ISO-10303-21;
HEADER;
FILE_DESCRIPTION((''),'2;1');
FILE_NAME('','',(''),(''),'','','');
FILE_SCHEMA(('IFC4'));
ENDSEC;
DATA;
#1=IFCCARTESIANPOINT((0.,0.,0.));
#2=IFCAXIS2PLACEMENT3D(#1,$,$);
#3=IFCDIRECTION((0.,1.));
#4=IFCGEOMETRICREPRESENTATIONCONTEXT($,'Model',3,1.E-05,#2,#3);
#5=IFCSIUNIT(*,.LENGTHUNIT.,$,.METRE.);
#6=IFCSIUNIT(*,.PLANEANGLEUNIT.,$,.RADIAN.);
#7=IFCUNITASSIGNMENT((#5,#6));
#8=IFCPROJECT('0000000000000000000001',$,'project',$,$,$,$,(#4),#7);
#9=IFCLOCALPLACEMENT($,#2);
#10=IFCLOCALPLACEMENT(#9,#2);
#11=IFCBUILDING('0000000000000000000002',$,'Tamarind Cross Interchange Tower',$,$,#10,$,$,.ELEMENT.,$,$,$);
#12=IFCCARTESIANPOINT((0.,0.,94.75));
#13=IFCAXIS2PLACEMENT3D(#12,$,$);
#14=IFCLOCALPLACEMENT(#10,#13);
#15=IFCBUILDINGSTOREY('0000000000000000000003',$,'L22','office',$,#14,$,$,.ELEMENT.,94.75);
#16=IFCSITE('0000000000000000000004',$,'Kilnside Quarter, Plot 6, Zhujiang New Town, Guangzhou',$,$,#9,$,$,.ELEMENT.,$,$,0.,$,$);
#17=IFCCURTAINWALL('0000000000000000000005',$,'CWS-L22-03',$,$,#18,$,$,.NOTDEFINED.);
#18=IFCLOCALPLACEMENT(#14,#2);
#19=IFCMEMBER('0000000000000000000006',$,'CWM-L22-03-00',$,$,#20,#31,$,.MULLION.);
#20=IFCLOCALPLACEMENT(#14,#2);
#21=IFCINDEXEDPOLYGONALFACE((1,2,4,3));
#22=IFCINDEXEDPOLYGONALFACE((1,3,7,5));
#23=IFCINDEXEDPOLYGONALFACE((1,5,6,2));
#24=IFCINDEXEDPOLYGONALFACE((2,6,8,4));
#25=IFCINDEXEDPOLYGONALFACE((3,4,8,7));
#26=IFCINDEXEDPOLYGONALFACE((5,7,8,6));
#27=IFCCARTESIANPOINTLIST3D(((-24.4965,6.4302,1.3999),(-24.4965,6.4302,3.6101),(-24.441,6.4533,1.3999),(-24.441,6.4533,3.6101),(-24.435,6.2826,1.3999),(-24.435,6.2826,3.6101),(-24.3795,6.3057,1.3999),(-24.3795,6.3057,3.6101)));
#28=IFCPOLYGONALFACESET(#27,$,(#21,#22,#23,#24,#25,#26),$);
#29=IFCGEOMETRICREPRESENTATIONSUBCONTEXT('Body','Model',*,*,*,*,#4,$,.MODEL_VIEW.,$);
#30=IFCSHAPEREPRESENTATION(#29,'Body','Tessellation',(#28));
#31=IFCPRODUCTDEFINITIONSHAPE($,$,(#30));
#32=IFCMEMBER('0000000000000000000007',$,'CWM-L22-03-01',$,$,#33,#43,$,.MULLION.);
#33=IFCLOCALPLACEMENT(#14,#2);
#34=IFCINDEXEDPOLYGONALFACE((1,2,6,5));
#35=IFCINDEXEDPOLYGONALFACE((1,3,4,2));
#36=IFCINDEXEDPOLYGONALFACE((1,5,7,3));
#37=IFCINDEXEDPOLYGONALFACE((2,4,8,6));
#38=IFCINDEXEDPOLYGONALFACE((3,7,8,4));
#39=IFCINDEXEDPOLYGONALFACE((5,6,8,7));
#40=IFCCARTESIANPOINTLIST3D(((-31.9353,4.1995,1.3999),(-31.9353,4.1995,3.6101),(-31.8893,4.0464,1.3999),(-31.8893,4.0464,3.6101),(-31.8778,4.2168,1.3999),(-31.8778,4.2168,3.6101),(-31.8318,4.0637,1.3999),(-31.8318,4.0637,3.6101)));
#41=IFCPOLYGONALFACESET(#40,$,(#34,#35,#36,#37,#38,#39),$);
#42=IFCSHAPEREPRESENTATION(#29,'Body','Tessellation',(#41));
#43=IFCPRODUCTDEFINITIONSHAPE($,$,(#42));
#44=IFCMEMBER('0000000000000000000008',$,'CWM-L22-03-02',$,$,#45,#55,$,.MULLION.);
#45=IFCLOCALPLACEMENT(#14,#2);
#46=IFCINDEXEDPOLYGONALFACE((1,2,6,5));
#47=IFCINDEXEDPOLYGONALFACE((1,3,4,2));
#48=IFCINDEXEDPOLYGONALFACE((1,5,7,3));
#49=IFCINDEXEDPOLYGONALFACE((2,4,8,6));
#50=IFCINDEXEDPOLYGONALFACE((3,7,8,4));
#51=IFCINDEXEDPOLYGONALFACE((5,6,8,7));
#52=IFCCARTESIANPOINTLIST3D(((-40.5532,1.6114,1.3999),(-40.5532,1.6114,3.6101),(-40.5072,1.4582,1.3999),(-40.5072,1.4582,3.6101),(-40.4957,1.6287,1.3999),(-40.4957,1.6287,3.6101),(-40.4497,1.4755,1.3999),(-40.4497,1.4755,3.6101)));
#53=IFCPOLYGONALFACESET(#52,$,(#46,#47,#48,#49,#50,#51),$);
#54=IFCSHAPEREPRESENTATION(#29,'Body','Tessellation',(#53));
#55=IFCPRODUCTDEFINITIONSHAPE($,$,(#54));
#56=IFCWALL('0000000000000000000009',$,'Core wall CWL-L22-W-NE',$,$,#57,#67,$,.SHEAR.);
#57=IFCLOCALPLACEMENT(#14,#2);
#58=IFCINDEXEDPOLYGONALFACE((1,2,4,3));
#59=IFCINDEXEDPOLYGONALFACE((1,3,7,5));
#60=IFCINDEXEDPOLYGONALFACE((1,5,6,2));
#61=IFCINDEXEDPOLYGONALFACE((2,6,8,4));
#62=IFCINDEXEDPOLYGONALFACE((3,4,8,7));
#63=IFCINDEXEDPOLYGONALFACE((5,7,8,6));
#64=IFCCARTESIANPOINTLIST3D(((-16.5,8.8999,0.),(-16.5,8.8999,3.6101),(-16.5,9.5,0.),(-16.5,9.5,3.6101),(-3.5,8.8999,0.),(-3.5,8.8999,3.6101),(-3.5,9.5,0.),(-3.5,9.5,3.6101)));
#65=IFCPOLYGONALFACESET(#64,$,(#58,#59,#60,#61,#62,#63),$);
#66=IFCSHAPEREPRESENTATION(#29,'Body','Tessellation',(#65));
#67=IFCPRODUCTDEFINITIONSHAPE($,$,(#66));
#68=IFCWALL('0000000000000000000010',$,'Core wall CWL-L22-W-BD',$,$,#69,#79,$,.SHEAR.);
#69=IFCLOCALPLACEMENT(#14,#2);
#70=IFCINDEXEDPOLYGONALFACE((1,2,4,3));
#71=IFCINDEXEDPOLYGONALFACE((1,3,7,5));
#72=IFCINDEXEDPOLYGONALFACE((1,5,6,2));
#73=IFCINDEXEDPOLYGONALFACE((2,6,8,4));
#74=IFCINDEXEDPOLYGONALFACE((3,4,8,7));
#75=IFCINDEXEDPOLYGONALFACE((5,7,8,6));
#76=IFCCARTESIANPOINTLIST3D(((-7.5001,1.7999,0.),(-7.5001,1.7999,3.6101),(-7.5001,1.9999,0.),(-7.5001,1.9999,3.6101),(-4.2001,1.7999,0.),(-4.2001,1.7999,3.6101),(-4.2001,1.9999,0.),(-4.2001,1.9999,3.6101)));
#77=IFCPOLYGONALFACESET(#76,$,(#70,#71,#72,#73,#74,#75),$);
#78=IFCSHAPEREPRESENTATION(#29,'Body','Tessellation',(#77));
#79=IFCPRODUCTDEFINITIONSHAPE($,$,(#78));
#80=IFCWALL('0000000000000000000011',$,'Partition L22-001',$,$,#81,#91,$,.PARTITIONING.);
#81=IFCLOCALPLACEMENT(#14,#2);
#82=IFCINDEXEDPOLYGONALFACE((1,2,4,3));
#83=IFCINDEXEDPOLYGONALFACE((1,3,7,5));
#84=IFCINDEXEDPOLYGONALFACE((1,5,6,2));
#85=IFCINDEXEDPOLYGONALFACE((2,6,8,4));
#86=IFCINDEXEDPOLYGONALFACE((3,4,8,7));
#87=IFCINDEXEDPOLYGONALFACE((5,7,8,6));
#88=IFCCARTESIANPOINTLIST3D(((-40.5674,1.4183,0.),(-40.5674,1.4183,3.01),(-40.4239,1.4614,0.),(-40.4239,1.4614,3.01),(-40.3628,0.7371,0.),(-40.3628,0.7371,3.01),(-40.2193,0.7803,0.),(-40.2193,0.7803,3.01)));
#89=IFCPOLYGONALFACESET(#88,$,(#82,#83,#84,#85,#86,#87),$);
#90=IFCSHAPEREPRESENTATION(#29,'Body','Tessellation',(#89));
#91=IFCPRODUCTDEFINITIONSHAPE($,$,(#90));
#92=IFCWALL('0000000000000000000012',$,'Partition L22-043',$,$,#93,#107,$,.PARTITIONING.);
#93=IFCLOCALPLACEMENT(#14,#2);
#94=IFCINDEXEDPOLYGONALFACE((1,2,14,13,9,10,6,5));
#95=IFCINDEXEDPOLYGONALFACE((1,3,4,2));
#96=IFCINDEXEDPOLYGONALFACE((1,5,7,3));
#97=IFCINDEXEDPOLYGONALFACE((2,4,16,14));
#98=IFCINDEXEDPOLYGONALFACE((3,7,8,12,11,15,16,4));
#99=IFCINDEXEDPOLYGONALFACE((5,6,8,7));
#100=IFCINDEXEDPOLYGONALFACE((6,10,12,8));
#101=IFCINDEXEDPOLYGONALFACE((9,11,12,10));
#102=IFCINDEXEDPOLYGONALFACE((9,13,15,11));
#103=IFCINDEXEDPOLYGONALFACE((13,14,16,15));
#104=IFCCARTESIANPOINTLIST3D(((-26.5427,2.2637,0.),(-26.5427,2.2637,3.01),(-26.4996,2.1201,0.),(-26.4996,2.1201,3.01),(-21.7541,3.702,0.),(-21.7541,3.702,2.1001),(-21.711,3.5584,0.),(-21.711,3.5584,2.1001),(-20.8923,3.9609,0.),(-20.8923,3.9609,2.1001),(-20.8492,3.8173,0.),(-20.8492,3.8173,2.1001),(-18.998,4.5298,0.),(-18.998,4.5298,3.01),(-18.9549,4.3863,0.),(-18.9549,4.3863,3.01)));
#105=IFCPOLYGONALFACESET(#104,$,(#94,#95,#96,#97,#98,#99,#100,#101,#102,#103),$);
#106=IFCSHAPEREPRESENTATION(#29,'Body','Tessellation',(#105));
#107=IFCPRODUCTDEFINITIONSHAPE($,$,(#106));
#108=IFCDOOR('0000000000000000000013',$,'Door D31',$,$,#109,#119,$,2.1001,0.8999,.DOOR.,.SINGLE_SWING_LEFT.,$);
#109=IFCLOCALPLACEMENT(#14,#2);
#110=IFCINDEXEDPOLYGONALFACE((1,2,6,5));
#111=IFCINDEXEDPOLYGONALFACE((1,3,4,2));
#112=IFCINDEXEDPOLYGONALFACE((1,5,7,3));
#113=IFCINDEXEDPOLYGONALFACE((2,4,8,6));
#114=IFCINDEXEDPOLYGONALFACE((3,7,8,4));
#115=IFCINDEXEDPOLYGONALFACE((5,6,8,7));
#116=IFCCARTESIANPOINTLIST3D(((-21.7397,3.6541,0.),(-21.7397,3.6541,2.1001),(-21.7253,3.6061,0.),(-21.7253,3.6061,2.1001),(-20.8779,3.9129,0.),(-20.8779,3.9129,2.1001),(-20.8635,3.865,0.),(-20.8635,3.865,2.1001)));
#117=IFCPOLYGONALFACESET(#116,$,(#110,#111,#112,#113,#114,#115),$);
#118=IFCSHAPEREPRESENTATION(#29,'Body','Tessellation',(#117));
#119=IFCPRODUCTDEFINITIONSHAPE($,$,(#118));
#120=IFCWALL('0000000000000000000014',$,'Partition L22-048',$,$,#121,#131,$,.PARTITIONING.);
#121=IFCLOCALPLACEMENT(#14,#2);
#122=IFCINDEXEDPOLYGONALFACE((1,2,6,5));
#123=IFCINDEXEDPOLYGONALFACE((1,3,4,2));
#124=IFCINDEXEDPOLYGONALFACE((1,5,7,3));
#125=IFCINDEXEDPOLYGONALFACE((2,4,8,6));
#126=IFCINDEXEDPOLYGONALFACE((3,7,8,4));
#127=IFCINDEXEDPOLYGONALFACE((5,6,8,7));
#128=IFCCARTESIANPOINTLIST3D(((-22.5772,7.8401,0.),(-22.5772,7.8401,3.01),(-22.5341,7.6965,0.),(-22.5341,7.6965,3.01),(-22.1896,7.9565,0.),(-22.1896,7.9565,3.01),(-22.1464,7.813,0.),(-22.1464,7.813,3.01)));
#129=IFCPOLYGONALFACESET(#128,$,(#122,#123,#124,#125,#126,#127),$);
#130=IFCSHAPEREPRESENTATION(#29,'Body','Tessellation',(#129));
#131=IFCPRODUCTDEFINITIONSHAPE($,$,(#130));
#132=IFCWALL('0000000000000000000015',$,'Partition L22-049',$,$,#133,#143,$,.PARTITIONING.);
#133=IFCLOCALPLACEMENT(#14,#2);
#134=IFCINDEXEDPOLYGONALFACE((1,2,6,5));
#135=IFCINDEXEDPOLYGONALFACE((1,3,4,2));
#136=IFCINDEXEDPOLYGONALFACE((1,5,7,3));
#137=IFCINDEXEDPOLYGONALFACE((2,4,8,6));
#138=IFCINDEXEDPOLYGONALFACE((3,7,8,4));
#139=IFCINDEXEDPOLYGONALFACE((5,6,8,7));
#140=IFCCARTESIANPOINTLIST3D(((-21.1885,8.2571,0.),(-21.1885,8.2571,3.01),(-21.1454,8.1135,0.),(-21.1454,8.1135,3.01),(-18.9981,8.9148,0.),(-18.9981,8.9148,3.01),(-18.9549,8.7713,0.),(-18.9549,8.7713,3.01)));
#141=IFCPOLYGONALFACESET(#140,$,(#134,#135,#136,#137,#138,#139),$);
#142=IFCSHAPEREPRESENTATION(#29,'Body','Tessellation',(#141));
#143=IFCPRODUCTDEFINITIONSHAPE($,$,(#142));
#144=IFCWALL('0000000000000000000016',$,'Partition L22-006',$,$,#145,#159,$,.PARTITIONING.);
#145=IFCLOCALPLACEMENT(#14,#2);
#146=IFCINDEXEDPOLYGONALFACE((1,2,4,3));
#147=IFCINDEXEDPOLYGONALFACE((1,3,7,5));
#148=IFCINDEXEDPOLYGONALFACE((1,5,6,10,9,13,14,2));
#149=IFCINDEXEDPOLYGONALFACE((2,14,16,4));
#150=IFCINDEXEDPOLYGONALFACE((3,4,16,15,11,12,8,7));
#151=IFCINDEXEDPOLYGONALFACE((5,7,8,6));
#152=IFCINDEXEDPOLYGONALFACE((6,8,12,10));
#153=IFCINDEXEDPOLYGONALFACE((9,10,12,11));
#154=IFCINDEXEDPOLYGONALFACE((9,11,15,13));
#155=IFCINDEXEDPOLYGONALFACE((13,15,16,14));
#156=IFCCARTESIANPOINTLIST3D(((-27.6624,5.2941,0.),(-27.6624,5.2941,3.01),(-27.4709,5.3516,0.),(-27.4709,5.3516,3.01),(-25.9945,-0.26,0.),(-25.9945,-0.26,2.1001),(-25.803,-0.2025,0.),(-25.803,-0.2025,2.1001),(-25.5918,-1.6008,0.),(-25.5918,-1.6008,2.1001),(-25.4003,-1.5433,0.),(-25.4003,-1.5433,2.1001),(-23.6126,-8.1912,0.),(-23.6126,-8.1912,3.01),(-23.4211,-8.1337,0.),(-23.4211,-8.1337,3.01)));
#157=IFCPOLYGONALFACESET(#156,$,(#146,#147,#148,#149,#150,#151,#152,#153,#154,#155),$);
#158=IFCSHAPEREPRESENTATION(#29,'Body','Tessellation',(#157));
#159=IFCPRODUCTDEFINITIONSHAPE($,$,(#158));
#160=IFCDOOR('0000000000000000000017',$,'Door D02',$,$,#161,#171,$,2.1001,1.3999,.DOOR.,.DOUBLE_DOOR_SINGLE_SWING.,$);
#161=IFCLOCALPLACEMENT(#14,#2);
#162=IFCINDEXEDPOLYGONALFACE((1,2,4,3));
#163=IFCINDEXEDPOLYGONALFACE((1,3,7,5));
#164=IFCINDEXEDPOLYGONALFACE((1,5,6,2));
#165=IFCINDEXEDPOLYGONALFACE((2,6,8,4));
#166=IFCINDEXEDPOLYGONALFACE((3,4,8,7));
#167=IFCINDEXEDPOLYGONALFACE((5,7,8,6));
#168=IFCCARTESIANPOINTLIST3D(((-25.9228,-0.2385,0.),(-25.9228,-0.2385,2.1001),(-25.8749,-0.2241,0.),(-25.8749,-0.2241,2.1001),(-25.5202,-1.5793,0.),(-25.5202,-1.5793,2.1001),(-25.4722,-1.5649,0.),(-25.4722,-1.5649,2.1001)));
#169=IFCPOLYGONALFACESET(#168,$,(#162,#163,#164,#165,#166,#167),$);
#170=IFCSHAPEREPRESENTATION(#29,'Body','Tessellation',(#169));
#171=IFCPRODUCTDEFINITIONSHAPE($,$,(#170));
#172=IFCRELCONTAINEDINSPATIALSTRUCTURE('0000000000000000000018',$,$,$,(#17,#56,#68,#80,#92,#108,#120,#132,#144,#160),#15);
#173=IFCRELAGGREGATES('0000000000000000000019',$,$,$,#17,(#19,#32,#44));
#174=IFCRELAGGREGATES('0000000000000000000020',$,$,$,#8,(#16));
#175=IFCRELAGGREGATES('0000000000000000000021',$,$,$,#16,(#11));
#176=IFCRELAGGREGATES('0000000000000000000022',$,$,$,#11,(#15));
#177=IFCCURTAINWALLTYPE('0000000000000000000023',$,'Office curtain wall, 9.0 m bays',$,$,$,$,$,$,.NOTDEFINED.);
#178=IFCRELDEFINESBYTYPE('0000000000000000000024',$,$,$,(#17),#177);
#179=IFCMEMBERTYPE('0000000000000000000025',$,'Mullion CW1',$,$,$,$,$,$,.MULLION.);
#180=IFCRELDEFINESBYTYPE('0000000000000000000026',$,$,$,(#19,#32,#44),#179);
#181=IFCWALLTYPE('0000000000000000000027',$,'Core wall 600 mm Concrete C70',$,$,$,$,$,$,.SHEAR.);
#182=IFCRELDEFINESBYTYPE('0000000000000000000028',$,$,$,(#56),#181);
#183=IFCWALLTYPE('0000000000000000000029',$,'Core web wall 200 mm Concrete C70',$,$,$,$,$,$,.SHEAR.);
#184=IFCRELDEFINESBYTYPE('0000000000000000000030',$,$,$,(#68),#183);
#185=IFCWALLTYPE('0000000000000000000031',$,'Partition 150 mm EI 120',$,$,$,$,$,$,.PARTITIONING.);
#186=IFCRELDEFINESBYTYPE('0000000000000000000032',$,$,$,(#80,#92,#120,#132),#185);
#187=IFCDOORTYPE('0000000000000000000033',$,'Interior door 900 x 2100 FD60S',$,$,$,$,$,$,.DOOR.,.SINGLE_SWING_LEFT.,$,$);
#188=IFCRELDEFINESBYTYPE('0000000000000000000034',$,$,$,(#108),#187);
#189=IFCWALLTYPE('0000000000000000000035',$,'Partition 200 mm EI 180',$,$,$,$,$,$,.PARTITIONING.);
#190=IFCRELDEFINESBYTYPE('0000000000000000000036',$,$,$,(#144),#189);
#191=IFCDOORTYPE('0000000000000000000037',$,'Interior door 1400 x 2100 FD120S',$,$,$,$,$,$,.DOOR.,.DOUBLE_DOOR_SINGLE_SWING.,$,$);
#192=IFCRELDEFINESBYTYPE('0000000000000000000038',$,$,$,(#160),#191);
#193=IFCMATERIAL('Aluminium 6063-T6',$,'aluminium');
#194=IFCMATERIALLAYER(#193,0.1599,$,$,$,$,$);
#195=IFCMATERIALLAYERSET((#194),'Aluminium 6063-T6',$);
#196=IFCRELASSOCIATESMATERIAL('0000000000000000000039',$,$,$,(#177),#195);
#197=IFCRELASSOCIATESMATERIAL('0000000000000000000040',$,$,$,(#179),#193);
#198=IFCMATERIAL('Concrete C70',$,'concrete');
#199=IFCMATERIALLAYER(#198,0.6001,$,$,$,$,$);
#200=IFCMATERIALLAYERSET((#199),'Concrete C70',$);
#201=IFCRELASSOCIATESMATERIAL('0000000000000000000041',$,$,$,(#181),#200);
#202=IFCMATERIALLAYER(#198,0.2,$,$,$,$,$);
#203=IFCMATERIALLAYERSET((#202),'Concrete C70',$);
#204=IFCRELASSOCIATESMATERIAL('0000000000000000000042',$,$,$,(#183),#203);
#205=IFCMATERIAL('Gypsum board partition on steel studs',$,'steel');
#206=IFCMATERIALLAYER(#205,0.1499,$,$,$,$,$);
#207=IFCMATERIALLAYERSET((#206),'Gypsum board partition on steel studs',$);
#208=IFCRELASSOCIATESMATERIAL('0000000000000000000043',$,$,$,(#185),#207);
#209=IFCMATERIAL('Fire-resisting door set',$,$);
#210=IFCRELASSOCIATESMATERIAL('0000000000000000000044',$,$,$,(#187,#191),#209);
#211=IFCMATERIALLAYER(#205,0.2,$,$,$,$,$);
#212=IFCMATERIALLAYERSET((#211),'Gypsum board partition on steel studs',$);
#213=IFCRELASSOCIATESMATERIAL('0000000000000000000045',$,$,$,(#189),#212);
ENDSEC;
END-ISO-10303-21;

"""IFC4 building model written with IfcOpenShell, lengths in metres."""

from ifc_helpers import new_model, si_unit, direction, frame, frame_2d, origin, origin_2d, place, context, subcontext, project, spatial, rectangle, extrude, material, layer, layer_set, material_profile, profile_set, type_object, element, fill, aggregate, save


model = new_model("IFC4")

# Units and contexts
model_context = context("Model", 3, precision=1e-05, world=origin(), true_north=direction((0.0, 1.0)))
body_context = subcontext(model_context, "Body", "Model", "MODEL_VIEW")
ifc_project = project(units=[si_unit("LENGTHUNIT", "METRE"), si_unit("PLANEANGLEUNIT", "RADIAN")], contexts=[model_context])

# Site, building, storey
site_placement = place(None, origin())
site = spatial("IfcSite", under=ifc_project, at=site_placement, Name="Kilnside Quarter, Plot 6, Zhujiang New Town, Guangzhou", CompositionType="ELEMENT", RefElevation=0.0)
building_placement = place(site_placement, origin())
building = spatial("IfcBuilding", under=site, at=building_placement, Name="Tamarind Cross Interchange Tower", CompositionType="ELEMENT")
storey_placement = place(building_placement, frame((0.0, 0.0, 94.75)))
storey = spatial("IfcBuildingStorey", under=building, at=storey_placement, Name="L22", Description="office", CompositionType="ELEMENT", Elevation=94.75)

# Curtain wall, members
ifc_material_1 = material(Name="Aluminium 6063-T6", Category="aluminium")
ifc_layer_1 = layer(ifc_material_1, 0.1599)
ifc_layer_set_1 = layer_set([ifc_layer_1], Name="Aluminium 6063-T6")
curtain_wall_type = type_object("IfcCurtainWallType", Name="Office curtain wall, 9.0 m bays", PredefinedType="NOTDEFINED", material=ifc_layer_set_1)
curtain_wall_placement = place(storey_placement, origin())
curtain_wall = element("IfcCurtainWall", 1, at=curtain_wall_placement, inside=storey, type_object=curtain_wall_type, Name="CWS-L22-03", PredefinedType="NOTDEFINED")
ifc_material_profile_1 = material_profile(ifc_material_1, rectangle(XDim=0.0601, YDim=0.1599, at=origin_2d()), Name="Mullion CW1")
ifc_profile_set_1 = profile_set([ifc_material_profile_1], Name="Aluminium 6063-T6")
member_type = type_object("IfcMemberType", Name="Mullion CW1", PredefinedType="MULLION", material=ifc_profile_set_1)
member_1_placement = place(storey_placement, frame((-24.438, 6.3679, 1.3999), z_axis=(0.0, 0.0, 1.0), x_axis=(-0.92308, -0.384607, 0.0)))
member_1 = element("IfcMember", 2, at=member_1_placement, type_object=member_type, Name="CWM-L22-03-00", PredefinedType="MULLION", context=body_context, shape_type="SweptSolid", body=[
    extrude(rectangle(XDim=0.0601, YDim=0.1599, at=origin_2d()), origin(), (0.0, 0.0, 1.0), 2.2102),
])
member_2_placement = place(storey_placement, frame((-31.8835, 4.1316, 1.3999), z_axis=(0.0, 0.0, 1.0), x_axis=(-0.957738, -0.287641, 0.0)))
member_2 = element("IfcMember", 3, at=member_2_placement, type_object=member_type, Name="CWM-L22-03-01", PredefinedType="MULLION", context=body_context, shape_type="SweptSolid", body=[
    extrude(rectangle(XDim=0.0601, YDim=0.1599, at=origin_2d()), origin(), (0.0, 0.0, 1.0), 2.2102),
])
member_3_placement = place(storey_placement, frame((-40.5015, 1.5435, 1.3999), z_axis=(0.0, 0.0, 1.0), x_axis=(-0.957738, -0.287641, 0.0)))
member_3 = element("IfcMember", 4, at=member_3_placement, type_object=member_type, Name="CWM-L22-03-02", PredefinedType="MULLION", context=body_context, shape_type="SweptSolid", body=[
    extrude(rectangle(XDim=0.0601, YDim=0.1599, at=origin_2d()), origin(), (0.0, 0.0, 1.0), 2.2102),
])
aggregate(curtain_wall, [member_1, member_2, member_3])

# Walls
ifc_material_2 = material(Name="Concrete C70", Category="concrete")
ifc_layer_2 = layer(ifc_material_2, 0.6001)
ifc_layer_set_2 = layer_set([ifc_layer_2], Name="Concrete C70")
wall_type_1 = type_object("IfcWallType", Name="Core wall 600 mm Concrete C70", PredefinedType="SHEAR", material=ifc_layer_set_2)
wall_1_placement = place(storey_placement, frame((-16.5, 9.2, 0.0), z_axis=(0.0, 0.0, 1.0), x_axis=(1.0, 0.0, 0.0)))
element("IfcWall", 5, at=wall_1_placement, inside=storey, type_object=wall_type_1, Name="Core wall CWL-L22-W-NE", PredefinedType="SHEAR", context=body_context, shape_type="SweptSolid", body=[
    extrude(rectangle(XDim=13.0, YDim=0.6001, at=frame_2d((6.5, 0.0))), origin(), (0.0, 0.0, 1.0), 3.6101),
])
ifc_layer_3 = layer(ifc_material_2, 0.2)
ifc_layer_set_3 = layer_set([ifc_layer_3], Name="Concrete C70")
wall_type_2 = type_object("IfcWallType", Name="Core web wall 200 mm Concrete C70", PredefinedType="SHEAR", material=ifc_layer_set_3)
wall_2_placement = place(storey_placement, frame((-7.5, 1.8999, 0.0), z_axis=(0.0, 0.0, 1.0), x_axis=(1.0, 0.0, 0.0)))
element("IfcWall", 6, at=wall_2_placement, inside=storey, type_object=wall_type_2, Name="Core wall CWL-L22-W-BD", PredefinedType="SHEAR", context=body_context, shape_type="SweptSolid", body=[
    extrude(rectangle(XDim=3.3, YDim=0.2, at=frame_2d((1.6499, 0.0))), origin(), (0.0, 0.0, 1.0), 3.6101),
])
ifc_material_3 = material(Name="Gypsum board partition on steel studs", Category="steel")
ifc_layer_4 = layer(ifc_material_3, 0.1499)
ifc_layer_set_4 = layer_set([ifc_layer_4], Name="Gypsum board partition on steel studs")
wall_type_3 = type_object("IfcWallType", Name="Partition 150 mm EI 120", PredefinedType="PARTITIONING", material=ifc_layer_set_4)
wall_3_placement = place(storey_placement, frame((-40.4956, 1.4397, 0.0), z_axis=(0.0, 0.0, 1.0), x_axis=(0.287663, -0.957732, 0.0)))
element("IfcWall", 7, at=wall_3_placement, inside=storey, type_object=wall_type_3, Name="Partition L22-001", PredefinedType="PARTITIONING", context=body_context, shape_type="SweptSolid", body=[
    extrude(rectangle(XDim=0.7112, YDim=0.1499, at=frame_2d((0.3555, 0.0))), origin(), (0.0, 0.0, 1.0), 3.01),
])

# Wall, opening, door
wall_4_placement = place(storey_placement, frame((-26.5212, 2.1919, 0.0), z_axis=(0.0, 0.0, 1.0), x_axis=(0.957732, 0.287663, 0.0)))
wall_4 = element("IfcWall", 8, at=wall_4_placement, inside=storey, type_object=wall_type_3, Name="Partition L22-043", PredefinedType="PARTITIONING", context=body_context, shape_type="SweptSolid", body=[
    extrude(rectangle(XDim=7.8777, YDim=0.1499, at=frame_2d((3.939, 0.0))), origin(), (0.0, 0.0, 1.0), 3.01),
])
opening_1_placement = place(wall_4_placement, frame((5.0, 0.0, 0.0)))
opening_1 = element("IfcOpeningElement", 9, at=opening_1_placement, cuts=wall_4, PredefinedType="OPENING", context=body_context, shape_type="SweptSolid", body=[
    extrude(rectangle(XDim=0.8999, YDim=2.1001, at=frame_2d((0.45, 1.05))), frame((0.0, 0.085, 0.0), z_axis=(0.0, -1.0, 0.0), x_axis=(1.0, 0.0, 0.0)), (0.0, 0.0, 1.0), 0.1699),
])
ifc_material_4 = material(Name="Fire-resisting door set")
door_type_1 = type_object("IfcDoorType", Name="Interior door 900 x 2100 FD60S", OperationType="SINGLE_SWING_LEFT", PredefinedType="DOOR", material=ifc_material_4)
door_1_placement = place(opening_1_placement, origin())
door_1 = element("IfcDoor", 10, at=door_1_placement, inside=storey, type_object=door_type_1, Name="Door D31", OperationType="SINGLE_SWING_LEFT", OverallHeight=2.1001, OverallWidth=0.8999, PredefinedType="DOOR", context=body_context, shape_type="SweptSolid", body=[
    extrude(rectangle(XDim=0.8999, YDim=2.1001, at=frame_2d((0.45, 1.05))), frame((0.0, 0.0249, 0.0), z_axis=(0.0, -1.0, 0.0), x_axis=(1.0, 0.0, 0.0)), (0.0, 0.0, 1.0), 0.05),
])
fill(opening_1, door_1)

# Walls
wall_5_placement = place(storey_placement, frame((-22.5557, 7.7683, 0.0), z_axis=(0.0, 0.0, 1.0), x_axis=(0.957727, 0.28768, 0.0)))
element("IfcWall", 11, at=wall_5_placement, inside=storey, type_object=wall_type_3, Name="Partition L22-048", PredefinedType="PARTITIONING", context=body_context, shape_type="SweptSolid", body=[
    extrude(rectangle(XDim=0.4048, YDim=0.1499, at=frame_2d((0.2024, 0.0))), origin(), (0.0, 0.0, 1.0), 3.01),
])
wall_6_placement = place(storey_placement, frame((-21.167, 8.1853, 0.0), z_axis=(0.0, 0.0, 1.0), x_axis=(0.957756, 0.287583, 0.0)))
element("IfcWall", 12, at=wall_6_placement, inside=storey, type_object=wall_type_3, Name="Partition L22-049", PredefinedType="PARTITIONING", context=body_context, shape_type="SweptSolid", body=[
    extrude(rectangle(XDim=2.2871, YDim=0.1499, at=frame_2d((1.1436, 0.0))), origin(), (0.0, 0.0, 1.0), 3.01),
])

# Wall, opening, door
ifc_layer_5 = layer(ifc_material_3, 0.2)
ifc_layer_set_5 = layer_set([ifc_layer_5], Name="Gypsum board partition on steel studs")
wall_type_4 = type_object("IfcWallType", Name="Partition 200 mm EI 180", PredefinedType="PARTITIONING", material=ifc_layer_set_5)
wall_7_placement = place(storey_placement, frame((-27.5667, 5.3228, 0.0), z_axis=(0.0, 0.0, 1.0), x_axis=(0.287621, -0.957744, 0.0)))
wall_7 = element("IfcWall", 13, at=wall_7_placement, inside=storey, type_object=wall_type_4, Name="Partition L22-006", PredefinedType="PARTITIONING", context=body_context, shape_type="SweptSolid", body=[
    extrude(rectangle(XDim=14.0803, YDim=0.2, at=frame_2d((7.04, 0.0))), origin(), (0.0, 0.0, 1.0), 3.01),
])
opening_2_placement = place(wall_7_placement, frame((5.7991, 0.0, 0.0)))
opening_2 = element("IfcOpeningElement", 14, at=opening_2_placement, cuts=wall_7, PredefinedType="OPENING", context=body_context, shape_type="SweptSolid", body=[
    extrude(rectangle(XDim=1.3999, YDim=2.1001, at=frame_2d((0.7, 1.05))), frame((0.0, 0.1099, 0.0), z_axis=(0.0, -1.0, 0.0), x_axis=(1.0, 0.0, 0.0)), (0.0, 0.0, 1.0), 0.22),
])
door_type_2 = type_object("IfcDoorType", Name="Interior door 1400 x 2100 FD120S", OperationType="DOUBLE_DOOR_SINGLE_SWING", PredefinedType="DOOR", material=ifc_material_4)
door_2_placement = place(opening_2_placement, origin())
door_2 = element("IfcDoor", 15, at=door_2_placement, inside=storey, type_object=door_type_2, Name="Door D02", OperationType="DOUBLE_DOOR_SINGLE_SWING", OverallHeight=2.1001, OverallWidth=1.3999, PredefinedType="DOOR", context=body_context, shape_type="SweptSolid", body=[
    extrude(rectangle(XDim=1.3999, YDim=2.1001, at=frame_2d((0.7, 1.05))), frame((0.0, 0.0249, 0.0), z_axis=(0.0, -1.0, 0.0), x_axis=(1.0, 0.0, 0.0)), (0.0, 0.0, 1.0), 0.05),
])
fill(opening_2, door_2)

save(model, "model.ifc")
